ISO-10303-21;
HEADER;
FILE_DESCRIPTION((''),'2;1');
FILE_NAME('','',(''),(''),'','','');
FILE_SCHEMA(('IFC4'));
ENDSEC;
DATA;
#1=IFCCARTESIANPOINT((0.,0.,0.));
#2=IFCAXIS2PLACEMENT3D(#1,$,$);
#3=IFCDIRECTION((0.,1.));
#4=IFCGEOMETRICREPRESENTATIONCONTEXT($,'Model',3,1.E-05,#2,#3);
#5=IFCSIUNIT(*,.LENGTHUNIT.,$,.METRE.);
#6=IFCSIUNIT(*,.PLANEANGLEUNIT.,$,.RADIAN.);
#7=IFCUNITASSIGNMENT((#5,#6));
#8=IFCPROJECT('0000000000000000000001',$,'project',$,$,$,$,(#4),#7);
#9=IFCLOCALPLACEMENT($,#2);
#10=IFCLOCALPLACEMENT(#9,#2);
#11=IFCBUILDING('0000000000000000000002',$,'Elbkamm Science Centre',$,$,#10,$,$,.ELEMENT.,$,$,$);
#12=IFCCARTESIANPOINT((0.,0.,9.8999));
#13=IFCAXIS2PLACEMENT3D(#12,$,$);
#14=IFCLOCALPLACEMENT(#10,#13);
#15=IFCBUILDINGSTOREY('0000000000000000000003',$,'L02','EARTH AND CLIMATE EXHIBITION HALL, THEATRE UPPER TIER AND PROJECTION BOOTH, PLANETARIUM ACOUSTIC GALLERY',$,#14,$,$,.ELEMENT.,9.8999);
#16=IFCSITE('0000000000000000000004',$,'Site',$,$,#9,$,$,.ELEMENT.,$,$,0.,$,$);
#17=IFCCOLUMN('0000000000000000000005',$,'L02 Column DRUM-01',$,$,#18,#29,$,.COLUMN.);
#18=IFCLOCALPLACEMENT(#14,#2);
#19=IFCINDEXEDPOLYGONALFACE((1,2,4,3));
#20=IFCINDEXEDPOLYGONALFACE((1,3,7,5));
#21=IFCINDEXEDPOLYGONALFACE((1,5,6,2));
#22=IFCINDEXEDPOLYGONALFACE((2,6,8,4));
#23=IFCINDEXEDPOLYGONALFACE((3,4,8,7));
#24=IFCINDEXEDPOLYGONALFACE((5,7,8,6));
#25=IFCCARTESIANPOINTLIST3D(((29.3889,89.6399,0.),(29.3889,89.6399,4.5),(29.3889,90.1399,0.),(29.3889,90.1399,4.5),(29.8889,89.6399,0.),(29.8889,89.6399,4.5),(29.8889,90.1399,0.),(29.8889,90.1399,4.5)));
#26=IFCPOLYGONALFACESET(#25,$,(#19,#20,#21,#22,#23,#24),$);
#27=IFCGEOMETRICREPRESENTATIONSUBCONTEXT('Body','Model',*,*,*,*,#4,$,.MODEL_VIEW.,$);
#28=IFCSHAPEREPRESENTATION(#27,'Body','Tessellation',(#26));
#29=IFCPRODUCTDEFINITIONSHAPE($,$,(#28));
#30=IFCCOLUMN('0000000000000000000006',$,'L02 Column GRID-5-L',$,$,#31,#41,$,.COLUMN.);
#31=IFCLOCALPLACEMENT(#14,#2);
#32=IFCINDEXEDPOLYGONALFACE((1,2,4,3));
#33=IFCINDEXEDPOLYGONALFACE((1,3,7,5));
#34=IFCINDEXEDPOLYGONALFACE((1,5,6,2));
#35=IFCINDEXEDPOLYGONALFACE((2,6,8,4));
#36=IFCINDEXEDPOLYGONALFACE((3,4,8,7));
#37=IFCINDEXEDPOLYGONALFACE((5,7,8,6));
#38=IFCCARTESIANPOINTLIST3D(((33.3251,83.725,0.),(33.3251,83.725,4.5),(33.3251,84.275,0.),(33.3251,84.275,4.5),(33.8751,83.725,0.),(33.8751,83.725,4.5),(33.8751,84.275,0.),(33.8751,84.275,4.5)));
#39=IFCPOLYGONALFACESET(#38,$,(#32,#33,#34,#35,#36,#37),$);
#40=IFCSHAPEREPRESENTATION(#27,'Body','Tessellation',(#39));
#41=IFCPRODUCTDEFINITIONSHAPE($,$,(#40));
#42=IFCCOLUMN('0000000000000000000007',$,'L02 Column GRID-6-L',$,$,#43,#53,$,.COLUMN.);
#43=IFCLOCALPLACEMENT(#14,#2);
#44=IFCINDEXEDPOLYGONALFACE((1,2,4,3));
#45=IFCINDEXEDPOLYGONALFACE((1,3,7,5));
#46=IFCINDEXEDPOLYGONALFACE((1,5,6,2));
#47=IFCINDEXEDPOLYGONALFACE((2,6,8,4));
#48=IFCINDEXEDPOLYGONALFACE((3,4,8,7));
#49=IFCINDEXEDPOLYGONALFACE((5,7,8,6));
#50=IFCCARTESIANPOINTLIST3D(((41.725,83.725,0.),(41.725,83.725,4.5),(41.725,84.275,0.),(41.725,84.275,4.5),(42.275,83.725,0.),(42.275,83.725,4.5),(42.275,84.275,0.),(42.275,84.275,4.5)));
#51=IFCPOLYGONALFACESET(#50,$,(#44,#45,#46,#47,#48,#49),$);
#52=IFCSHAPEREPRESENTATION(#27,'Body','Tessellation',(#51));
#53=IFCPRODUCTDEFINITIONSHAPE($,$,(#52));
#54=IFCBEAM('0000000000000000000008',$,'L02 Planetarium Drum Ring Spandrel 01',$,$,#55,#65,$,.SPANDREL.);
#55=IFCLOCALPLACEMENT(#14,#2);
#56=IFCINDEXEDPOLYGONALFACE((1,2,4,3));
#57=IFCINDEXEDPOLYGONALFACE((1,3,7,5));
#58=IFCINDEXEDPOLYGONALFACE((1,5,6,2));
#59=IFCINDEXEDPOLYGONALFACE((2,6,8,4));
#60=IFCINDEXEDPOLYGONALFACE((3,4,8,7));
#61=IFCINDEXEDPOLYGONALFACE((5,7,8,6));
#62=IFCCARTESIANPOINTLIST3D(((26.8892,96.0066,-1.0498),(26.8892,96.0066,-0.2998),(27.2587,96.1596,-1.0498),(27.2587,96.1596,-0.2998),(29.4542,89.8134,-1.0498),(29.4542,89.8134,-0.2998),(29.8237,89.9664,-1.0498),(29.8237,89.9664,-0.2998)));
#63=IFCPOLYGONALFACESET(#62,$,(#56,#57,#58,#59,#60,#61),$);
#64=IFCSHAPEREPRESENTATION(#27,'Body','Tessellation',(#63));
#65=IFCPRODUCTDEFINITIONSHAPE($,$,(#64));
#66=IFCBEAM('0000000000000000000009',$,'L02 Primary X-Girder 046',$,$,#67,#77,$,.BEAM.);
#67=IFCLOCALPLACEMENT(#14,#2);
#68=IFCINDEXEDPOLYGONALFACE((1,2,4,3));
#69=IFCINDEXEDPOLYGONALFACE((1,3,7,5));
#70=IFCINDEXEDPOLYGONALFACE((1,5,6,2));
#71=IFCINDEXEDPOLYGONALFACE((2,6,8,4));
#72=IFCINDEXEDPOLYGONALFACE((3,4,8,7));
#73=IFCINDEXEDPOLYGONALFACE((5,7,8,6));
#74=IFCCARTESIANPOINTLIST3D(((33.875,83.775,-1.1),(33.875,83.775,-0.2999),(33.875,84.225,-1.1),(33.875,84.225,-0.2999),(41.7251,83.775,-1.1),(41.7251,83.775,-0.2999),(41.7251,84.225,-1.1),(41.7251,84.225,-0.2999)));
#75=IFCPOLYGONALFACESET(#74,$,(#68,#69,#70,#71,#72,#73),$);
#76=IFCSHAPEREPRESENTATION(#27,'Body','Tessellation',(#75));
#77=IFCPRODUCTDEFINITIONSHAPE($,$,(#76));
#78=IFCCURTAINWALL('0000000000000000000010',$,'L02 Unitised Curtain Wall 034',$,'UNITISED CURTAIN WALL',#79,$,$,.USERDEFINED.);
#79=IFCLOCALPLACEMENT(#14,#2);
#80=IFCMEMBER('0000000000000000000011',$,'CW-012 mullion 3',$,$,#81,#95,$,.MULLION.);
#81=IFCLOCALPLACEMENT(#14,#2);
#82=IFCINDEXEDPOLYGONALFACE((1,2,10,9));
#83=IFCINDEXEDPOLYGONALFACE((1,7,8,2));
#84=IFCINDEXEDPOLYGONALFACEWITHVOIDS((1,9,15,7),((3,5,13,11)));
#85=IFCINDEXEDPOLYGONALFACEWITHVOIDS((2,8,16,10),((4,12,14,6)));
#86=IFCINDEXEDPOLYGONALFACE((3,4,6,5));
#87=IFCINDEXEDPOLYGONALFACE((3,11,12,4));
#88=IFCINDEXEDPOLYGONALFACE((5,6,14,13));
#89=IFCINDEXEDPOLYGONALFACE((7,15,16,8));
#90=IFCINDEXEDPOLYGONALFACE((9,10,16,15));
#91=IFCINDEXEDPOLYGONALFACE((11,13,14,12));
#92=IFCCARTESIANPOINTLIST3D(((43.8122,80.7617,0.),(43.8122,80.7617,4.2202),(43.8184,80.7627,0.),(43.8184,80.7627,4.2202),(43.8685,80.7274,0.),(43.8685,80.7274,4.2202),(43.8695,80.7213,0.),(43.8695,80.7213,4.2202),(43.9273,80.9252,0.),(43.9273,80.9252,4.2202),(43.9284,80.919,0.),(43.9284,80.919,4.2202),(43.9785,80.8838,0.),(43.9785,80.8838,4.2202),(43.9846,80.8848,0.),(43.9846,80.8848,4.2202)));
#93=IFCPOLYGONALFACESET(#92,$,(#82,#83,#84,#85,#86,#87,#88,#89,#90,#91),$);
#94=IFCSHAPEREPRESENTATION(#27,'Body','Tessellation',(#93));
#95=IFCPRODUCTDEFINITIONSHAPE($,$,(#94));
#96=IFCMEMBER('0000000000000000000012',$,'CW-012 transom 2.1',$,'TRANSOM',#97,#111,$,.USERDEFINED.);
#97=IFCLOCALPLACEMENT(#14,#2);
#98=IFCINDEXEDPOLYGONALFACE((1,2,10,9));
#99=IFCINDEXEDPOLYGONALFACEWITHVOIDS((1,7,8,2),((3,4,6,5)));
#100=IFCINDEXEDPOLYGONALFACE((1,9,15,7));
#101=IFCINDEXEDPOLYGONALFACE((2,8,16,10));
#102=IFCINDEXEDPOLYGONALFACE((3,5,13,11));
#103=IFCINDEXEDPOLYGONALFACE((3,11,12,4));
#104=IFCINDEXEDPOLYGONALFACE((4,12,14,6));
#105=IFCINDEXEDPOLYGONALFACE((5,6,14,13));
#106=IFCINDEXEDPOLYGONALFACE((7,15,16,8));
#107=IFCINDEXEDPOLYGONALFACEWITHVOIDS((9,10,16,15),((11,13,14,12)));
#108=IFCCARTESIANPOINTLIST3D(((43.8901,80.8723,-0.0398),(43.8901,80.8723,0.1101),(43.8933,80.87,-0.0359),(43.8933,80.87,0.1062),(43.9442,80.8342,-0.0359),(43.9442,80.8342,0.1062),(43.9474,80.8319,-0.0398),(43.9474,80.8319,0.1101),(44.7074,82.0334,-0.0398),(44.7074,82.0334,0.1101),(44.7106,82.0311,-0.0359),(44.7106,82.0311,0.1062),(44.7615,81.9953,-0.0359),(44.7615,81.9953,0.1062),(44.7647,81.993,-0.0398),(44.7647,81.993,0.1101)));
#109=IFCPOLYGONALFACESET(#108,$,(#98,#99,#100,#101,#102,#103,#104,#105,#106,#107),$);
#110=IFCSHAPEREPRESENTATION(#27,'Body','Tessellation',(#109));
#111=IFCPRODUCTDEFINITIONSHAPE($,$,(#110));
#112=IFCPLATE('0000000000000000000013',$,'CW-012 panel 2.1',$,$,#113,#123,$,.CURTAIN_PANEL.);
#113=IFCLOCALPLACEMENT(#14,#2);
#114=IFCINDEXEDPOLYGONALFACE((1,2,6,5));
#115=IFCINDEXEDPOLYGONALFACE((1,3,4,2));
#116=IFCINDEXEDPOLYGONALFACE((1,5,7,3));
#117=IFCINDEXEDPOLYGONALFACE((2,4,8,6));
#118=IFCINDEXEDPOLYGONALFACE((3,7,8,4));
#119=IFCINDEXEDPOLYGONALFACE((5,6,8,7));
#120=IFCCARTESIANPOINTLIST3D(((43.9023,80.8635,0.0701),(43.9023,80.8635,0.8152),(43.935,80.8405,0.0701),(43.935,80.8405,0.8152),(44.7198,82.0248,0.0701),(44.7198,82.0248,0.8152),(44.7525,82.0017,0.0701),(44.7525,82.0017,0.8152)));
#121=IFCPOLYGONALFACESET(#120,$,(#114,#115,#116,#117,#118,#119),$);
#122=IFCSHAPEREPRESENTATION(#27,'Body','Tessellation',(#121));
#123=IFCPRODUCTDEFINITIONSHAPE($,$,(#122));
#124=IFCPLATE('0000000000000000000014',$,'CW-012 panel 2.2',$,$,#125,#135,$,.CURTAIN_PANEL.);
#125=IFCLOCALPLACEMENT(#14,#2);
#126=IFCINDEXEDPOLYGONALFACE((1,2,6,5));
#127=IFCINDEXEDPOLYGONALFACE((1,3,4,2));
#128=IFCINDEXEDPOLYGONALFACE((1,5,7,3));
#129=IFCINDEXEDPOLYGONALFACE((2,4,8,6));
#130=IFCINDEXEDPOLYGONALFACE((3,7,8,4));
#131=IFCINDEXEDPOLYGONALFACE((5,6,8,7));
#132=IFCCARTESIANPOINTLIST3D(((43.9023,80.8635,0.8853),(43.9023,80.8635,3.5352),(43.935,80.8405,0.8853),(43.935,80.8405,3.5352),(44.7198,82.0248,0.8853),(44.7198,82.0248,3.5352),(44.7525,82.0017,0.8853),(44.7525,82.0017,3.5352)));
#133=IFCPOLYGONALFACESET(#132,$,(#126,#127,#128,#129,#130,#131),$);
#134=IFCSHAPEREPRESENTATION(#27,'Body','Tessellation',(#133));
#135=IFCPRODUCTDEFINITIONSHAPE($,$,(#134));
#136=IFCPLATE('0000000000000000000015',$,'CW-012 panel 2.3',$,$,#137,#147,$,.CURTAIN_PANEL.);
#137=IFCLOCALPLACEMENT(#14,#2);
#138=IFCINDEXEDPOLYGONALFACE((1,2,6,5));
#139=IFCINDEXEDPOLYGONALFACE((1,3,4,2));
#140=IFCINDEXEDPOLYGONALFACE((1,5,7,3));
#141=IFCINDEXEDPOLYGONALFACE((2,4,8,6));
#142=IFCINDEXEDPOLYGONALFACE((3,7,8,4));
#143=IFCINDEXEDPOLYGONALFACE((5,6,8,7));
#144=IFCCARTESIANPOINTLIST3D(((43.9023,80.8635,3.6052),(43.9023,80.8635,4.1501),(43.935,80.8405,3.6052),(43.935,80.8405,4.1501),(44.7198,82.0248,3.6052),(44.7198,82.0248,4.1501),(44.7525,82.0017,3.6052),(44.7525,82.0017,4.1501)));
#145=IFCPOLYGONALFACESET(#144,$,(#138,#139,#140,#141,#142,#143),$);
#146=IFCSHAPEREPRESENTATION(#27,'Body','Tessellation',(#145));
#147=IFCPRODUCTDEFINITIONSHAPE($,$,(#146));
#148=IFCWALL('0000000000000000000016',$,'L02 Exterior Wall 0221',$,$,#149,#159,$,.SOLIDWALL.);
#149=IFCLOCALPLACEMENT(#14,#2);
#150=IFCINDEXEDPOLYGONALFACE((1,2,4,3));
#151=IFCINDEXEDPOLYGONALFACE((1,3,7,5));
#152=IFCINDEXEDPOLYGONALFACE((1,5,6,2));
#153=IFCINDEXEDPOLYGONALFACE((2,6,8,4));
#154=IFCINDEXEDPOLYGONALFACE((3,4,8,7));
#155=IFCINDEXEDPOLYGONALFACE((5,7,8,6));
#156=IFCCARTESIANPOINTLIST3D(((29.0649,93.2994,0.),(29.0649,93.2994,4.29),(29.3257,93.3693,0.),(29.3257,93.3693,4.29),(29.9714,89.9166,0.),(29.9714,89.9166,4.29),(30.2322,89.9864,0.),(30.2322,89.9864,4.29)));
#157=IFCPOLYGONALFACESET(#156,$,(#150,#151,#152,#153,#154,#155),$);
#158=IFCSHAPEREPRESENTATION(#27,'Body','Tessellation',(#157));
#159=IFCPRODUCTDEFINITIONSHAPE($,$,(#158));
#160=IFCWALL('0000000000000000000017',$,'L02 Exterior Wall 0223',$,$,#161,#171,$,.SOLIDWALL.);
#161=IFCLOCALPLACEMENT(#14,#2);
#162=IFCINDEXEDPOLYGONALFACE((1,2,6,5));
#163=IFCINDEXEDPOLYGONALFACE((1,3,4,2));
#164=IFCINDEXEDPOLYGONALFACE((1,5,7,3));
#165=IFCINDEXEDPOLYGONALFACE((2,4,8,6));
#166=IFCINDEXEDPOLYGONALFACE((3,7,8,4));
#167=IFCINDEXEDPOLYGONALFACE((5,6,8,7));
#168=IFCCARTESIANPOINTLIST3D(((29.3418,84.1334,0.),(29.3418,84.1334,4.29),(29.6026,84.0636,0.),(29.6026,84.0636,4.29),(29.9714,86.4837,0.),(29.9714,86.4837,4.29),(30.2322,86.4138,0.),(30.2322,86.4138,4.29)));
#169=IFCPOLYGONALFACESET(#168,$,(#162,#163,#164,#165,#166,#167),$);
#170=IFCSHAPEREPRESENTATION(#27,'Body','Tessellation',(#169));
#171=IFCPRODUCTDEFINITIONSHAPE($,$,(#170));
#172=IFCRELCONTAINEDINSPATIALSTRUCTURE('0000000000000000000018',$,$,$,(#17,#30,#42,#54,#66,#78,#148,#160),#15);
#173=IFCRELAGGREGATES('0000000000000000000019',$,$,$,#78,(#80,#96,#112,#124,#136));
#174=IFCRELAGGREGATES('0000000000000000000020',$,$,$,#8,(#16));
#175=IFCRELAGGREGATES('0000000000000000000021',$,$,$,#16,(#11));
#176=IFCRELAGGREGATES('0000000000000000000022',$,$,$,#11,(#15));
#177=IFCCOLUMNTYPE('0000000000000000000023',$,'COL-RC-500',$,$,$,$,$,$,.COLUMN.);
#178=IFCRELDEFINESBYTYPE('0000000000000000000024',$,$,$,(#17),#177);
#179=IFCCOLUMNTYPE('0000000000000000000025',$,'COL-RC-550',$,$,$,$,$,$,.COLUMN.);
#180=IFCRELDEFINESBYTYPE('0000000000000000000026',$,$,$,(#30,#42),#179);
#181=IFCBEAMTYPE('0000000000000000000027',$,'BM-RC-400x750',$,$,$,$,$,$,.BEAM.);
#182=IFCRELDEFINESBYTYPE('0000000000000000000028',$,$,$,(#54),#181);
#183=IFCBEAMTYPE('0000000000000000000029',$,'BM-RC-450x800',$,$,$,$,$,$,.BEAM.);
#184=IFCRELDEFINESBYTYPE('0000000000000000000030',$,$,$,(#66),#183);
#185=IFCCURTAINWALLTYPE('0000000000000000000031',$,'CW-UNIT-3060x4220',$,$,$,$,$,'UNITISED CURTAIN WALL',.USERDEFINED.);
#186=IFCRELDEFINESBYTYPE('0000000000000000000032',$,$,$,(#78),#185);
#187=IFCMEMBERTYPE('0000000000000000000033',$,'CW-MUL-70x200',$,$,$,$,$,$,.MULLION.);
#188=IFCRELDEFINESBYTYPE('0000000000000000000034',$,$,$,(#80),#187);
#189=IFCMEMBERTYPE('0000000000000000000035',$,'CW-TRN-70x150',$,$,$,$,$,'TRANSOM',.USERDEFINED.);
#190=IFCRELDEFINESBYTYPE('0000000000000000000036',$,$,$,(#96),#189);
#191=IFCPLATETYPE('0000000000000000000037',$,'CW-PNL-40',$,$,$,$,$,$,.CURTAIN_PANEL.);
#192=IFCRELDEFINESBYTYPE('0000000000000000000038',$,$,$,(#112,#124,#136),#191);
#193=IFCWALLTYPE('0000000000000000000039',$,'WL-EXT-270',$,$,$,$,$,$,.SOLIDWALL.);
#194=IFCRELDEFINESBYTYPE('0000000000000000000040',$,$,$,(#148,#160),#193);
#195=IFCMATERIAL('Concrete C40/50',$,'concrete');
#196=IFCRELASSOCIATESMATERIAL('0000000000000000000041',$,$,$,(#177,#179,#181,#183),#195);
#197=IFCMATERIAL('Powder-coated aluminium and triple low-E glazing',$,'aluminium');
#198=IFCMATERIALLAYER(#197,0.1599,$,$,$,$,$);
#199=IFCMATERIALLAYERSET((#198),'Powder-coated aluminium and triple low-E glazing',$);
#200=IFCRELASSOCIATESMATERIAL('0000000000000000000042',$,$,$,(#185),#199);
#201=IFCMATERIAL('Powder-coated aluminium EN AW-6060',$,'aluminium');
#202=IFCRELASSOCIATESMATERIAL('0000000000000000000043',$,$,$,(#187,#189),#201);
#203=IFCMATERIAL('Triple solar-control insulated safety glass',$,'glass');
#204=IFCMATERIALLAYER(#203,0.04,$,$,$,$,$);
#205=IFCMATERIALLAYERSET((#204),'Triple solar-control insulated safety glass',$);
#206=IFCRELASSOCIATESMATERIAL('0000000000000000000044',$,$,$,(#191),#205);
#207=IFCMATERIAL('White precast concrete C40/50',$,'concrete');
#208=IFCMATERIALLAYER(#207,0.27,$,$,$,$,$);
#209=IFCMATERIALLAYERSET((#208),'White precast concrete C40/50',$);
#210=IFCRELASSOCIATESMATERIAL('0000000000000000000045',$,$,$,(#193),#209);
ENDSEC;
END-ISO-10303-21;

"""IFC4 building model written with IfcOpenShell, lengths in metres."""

from ifc_helpers import new_model, si_unit, direction, frame, frame_2d, origin, origin_2d, place, context, subcontext, project, spatial, rectangle, hollow_rectangle, extrude, material, layer, layer_set, material_profile, profile_set, type_object, element, aggregate, save


model = new_model("IFC4")

# Units and contexts
model_context = context("Model", 3, precision=1e-05, world=origin(), true_north=direction((0.0, 1.0)))
body_context = subcontext(model_context, "Body", "Model", "MODEL_VIEW")
ifc_project = project(units=[si_unit("LENGTHUNIT", "METRE"), si_unit("PLANEANGLEUNIT", "RADIAN")], contexts=[model_context])

# Site, building, storey
site_placement = place(None, origin())
site = spatial("IfcSite", under=ifc_project, at=site_placement, Name="Site", CompositionType="ELEMENT", RefElevation=0.0)
building_placement = place(site_placement, origin())
building = spatial("IfcBuilding", under=site, at=building_placement, Name="Elbkamm Science Centre", CompositionType="ELEMENT")
storey_placement = place(building_placement, frame((0.0, 0.0, 9.8999)))
storey = spatial("IfcBuildingStorey", under=building, at=storey_placement, Name="L02", Description="EARTH AND CLIMATE EXHIBITION HALL, THEATRE UPPER TIER AND PROJECTION BOOTH, PLANETARIUM ACOUSTIC GALLERY", CompositionType="ELEMENT", Elevation=9.8999)

# Columns
ifc_material_1 = material(Name="Concrete C40/50", Category="concrete")
ifc_material_profile_1 = material_profile(ifc_material_1, rectangle(XDim=0.5, YDim=0.5, at=origin_2d()), Name="RC 500x500")
ifc_profile_set_1 = profile_set([ifc_material_profile_1], Name="Concrete C40/50")
column_type_1 = type_object("IfcColumnType", Name="COL-RC-500", PredefinedType="COLUMN", material=ifc_profile_set_1)
column_placement = place(storey_placement, frame((29.6389, 89.8899, 0.0), z_axis=(0.0, 0.0, 1.0), x_axis=(1.0, 0.0, 0.0)))
element("IfcColumn", 1, at=column_placement, inside=storey, type_object=column_type_1, Name="L02 Column DRUM-01", PredefinedType="COLUMN", context=body_context, shape_type="SweptSolid", body=[
    extrude(rectangle(XDim=0.5, YDim=0.5, at=origin_2d()), origin(), (0.0, 0.0, 1.0), 4.5),
])
ifc_material_profile_2 = material_profile(ifc_material_1, rectangle(XDim=0.55, YDim=0.55, at=origin_2d()), Name="RC 550x550")
ifc_profile_set_2 = profile_set([ifc_material_profile_2], Name="Concrete C40/50")
column_type_2 = type_object("IfcColumnType", Name="COL-RC-550", PredefinedType="COLUMN", material=ifc_profile_set_2)
for number, where, z_axis, x_axis, name in (
    (2, (33.6001, 84.0, 0.0), (0.0, 0.0, 1.0), (1.0, 0.0, 0.0), "L02 Column GRID-5-L"),
    (3, (42.0, 84.0, 0.0), (0.0, 0.0, 1.0), (1.0, 0.0, 0.0), "L02 Column GRID-6-L"),
):
    element("IfcColumn", number, at=place(storey_placement, frame(where, z_axis=z_axis, x_axis=x_axis)), inside=storey, type_object=column_type_2, Name=name, PredefinedType="COLUMN", context=body_context, shape_type="SweptSolid", body=[
        extrude(rectangle(XDim=0.55, YDim=0.55, at=origin_2d()), origin(), (0.0, 0.0, 1.0), 4.5),
    ])

# Beams
ifc_material_profile_3 = material_profile(ifc_material_1, rectangle(XDim=0.3999, YDim=0.75, at=origin_2d()), Name="RC 400x750")
ifc_profile_set_3 = profile_set([ifc_material_profile_3], Name="Concrete C40/50")
beam_type_1 = type_object("IfcBeamType", Name="BM-RC-400x750", PredefinedType="BEAM", material=ifc_profile_set_3)
beam_1_placement = place(storey_placement, frame((29.6389, 89.8899, -0.6748), z_axis=(-0.382641, 0.923897, 0.0), x_axis=(-0.923897, -0.382641, 0.0)))
element("IfcBeam", 4, at=beam_1_placement, inside=storey, type_object=beam_type_1, Name="L02 Planetarium Drum Ring Spandrel 01", PredefinedType="SPANDREL", context=body_context, shape_type="SweptSolid", body=[
    extrude(rectangle(XDim=0.3999, YDim=0.75, at=origin_2d()), origin(), (0.0, 0.0, 1.0), 6.7034),
])
ifc_material_profile_4 = material_profile(ifc_material_1, rectangle(XDim=0.45, YDim=0.8, at=origin_2d()), Name="RC 450x800")
ifc_profile_set_4 = profile_set([ifc_material_profile_4], Name="Concrete C40/50")
beam_type_2 = type_object("IfcBeamType", Name="BM-RC-450x800", PredefinedType="BEAM", material=ifc_profile_set_4)
beam_2_placement = place(storey_placement, frame((33.875, 84.0, -0.7), z_axis=(1.0, 0.0, 0.0), x_axis=(0.0, 1.0, 0.0)))
element("IfcBeam", 5, at=beam_2_placement, inside=storey, type_object=beam_type_2, Name="L02 Primary X-Girder 046", PredefinedType="BEAM", context=body_context, shape_type="SweptSolid", body=[
    extrude(rectangle(XDim=0.45, YDim=0.8, at=origin_2d()), origin(), (0.0, 0.0, 1.0), 7.8501),
])

# Curtain wall, members, plates
ifc_material_2 = material(Name="Powder-coated aluminium and triple low-E glazing", Category="aluminium")
ifc_layer_1 = layer(ifc_material_2, 0.1599)
ifc_layer_set_1 = layer_set([ifc_layer_1], Name="Powder-coated aluminium and triple low-E glazing")
curtain_wall_type = type_object("IfcCurtainWallType", Name="CW-UNIT-3060x4220", ElementType="UNITISED CURTAIN WALL", PredefinedType="USERDEFINED", material=ifc_layer_set_1)
curtain_wall_placement = place(storey_placement, origin())
curtain_wall = element("IfcCurtainWall", 6, at=curtain_wall_placement, inside=storey, type_object=curtain_wall_type, Name="L02 Unitised Curtain Wall 034", ObjectType="UNITISED CURTAIN WALL", PredefinedType="USERDEFINED")
ifc_material_3 = material(Name="Powder-coated aluminium EN AW-6060", Category="aluminium")
ifc_material_profile_5 = material_profile(ifc_material_3, hollow_rectangle(XDim=0.0701, YDim=0.2, WallThickness=0.0044, at=origin_2d()), Name="ALU M70x200")
ifc_profile_set_5 = profile_set([ifc_material_profile_5], Name="Powder-coated aluminium EN AW-6060")
member_type_1 = type_object("IfcMemberType", Name="CW-MUL-70x200", PredefinedType="MULLION", material=ifc_profile_set_5)
member_1_placement = place(storey_placement, frame((43.8984, 80.8232, 0.0), z_axis=(0.0, 0.0, 1.0), x_axis=(0.817695, -0.575652, 0.0)))
member_1 = element("IfcMember", 7, at=member_1_placement, type_object=member_type_1, Name="CW-012 mullion 3", PredefinedType="MULLION", context=body_context, shape_type="SweptSolid", body=[
    extrude(hollow_rectangle(XDim=0.0701, YDim=0.2, WallThickness=0.0044, at=origin_2d()), origin(), (0.0, 0.0, 1.0), 4.2202),
])
ifc_material_profile_6 = material_profile(ifc_material_3, hollow_rectangle(XDim=0.0701, YDim=0.1499, WallThickness=0.0039, at=origin_2d()), Name="ALU T70x150")
ifc_profile_set_6 = profile_set([ifc_material_profile_6], Name="Powder-coated aluminium EN AW-6060")
member_type_2 = type_object("IfcMemberType", Name="CW-TRN-70x150", ElementType="TRANSOM", PredefinedType="USERDEFINED", material=ifc_profile_set_6)
member_2_placement = place(storey_placement, frame((44.7361, 82.0132, 0.0352), z_axis=(-0.57563, -0.817711, 0.0), x_axis=(0.817711, -0.57563, 0.0)))
member_2 = element("IfcMember", 8, at=member_2_placement, type_object=member_type_2, Name="CW-012 transom 2.1", ObjectType="TRANSOM", PredefinedType="USERDEFINED", context=body_context, shape_type="SweptSolid", body=[
    extrude(hollow_rectangle(XDim=0.0701, YDim=0.1499, WallThickness=0.0039, at=origin_2d()), origin(), (0.0, 0.0, 1.0), 1.4199),
])
ifc_material_4 = material(Name="Triple solar-control insulated safety glass", Category="glass")
ifc_layer_2 = layer(ifc_material_4, 0.04)
ifc_layer_set_2 = layer_set([ifc_layer_2], Name="Triple solar-control insulated safety glass")
plate_type = type_object("IfcPlateType", Name="CW-PNL-40", PredefinedType="CURTAIN_PANEL", material=ifc_layer_set_2)
plate_1_placement = place(storey_placement, frame((44.3274, 81.4326, 0.0701), z_axis=(0.0, 0.0, 1.0), x_axis=(-0.575652, -0.817695, 0.0)))
plate_1 = element("IfcPlate", 9, at=plate_1_placement, type_object=plate_type, Name="CW-012 panel 2.1", PredefinedType="CURTAIN_PANEL", context=body_context, shape_type="SweptSolid", body=[
    extrude(rectangle(XDim=1.4202, YDim=0.04, at=origin_2d()), origin(), (0.0, 0.0, 1.0), 0.7451),
])
plate_2_placement = place(storey_placement, frame((44.3274, 81.4326, 0.8853), z_axis=(0.0, 0.0, 1.0), x_axis=(-0.575652, -0.817695, 0.0)))
plate_2 = element("IfcPlate", 10, at=plate_2_placement, type_object=plate_type, Name="CW-012 panel 2.2", PredefinedType="CURTAIN_PANEL", context=body_context, shape_type="SweptSolid", body=[
    extrude(rectangle(XDim=1.4202, YDim=0.04, at=origin_2d()), origin(), (0.0, 0.0, 1.0), 2.6499),
])
plate_3_placement = place(storey_placement, frame((44.3274, 81.4326, 3.6052), z_axis=(0.0, 0.0, 1.0), x_axis=(-0.575652, -0.817695, 0.0)))
plate_3 = element("IfcPlate", 11, at=plate_3_placement, type_object=plate_type, Name="CW-012 panel 2.3", PredefinedType="CURTAIN_PANEL", context=body_context, shape_type="SweptSolid", body=[
    extrude(rectangle(XDim=1.4202, YDim=0.04, at=origin_2d()), origin(), (0.0, 0.0, 1.0), 0.5449),
])
aggregate(curtain_wall, [member_1, member_2, plate_1, plate_2, plate_3])

# Walls
ifc_material_5 = material(Name="White precast concrete C40/50", Category="concrete")
ifc_layer_3 = layer(ifc_material_5, 0.27)
ifc_layer_set_3 = layer_set([ifc_layer_3], Name="White precast concrete C40/50")
wall_type_1 = type_object("IfcWallType", Name="WL-EXT-270", PredefinedType="SOLIDWALL", material=ifc_layer_set_3)
wall_1_placement = place(storey_placement, frame((29.1953, 93.3342, 0.0), z_axis=(0.0, 0.0, 1.0), x_axis=(0.258838, -0.965921, 0.0)))
element("IfcWall", 12, at=wall_1_placement, inside=storey, type_object=wall_type_1, Name="L02 Exterior Wall 0221", PredefinedType="SOLIDWALL", context=body_context, shape_type="SweptSolid", body=[
    extrude(rectangle(XDim=3.5022, YDim=0.27, at=frame_2d((1.751, 0.0))), origin(), (0.0, 0.0, 1.0), 4.29),
])
wall_2_placement = place(storey_placement, frame((30.1018, 86.4487, 0.0), z_axis=(0.0, 0.0, 1.0), x_axis=(-0.258768, -0.96594, 0.0)))
element("IfcWall", 13, at=wall_2_placement, inside=storey, type_object=wall_type_1, Name="L02 Exterior Wall 0223", PredefinedType="SOLIDWALL", context=body_context, shape_type="SweptSolid", body=[
    extrude(rectangle(XDim=2.4331, YDim=0.27, at=frame_2d((1.2166, 0.0))), origin(), (0.0, 0.0, 1.0), 4.29),
])

save(model, "model.ifc")
